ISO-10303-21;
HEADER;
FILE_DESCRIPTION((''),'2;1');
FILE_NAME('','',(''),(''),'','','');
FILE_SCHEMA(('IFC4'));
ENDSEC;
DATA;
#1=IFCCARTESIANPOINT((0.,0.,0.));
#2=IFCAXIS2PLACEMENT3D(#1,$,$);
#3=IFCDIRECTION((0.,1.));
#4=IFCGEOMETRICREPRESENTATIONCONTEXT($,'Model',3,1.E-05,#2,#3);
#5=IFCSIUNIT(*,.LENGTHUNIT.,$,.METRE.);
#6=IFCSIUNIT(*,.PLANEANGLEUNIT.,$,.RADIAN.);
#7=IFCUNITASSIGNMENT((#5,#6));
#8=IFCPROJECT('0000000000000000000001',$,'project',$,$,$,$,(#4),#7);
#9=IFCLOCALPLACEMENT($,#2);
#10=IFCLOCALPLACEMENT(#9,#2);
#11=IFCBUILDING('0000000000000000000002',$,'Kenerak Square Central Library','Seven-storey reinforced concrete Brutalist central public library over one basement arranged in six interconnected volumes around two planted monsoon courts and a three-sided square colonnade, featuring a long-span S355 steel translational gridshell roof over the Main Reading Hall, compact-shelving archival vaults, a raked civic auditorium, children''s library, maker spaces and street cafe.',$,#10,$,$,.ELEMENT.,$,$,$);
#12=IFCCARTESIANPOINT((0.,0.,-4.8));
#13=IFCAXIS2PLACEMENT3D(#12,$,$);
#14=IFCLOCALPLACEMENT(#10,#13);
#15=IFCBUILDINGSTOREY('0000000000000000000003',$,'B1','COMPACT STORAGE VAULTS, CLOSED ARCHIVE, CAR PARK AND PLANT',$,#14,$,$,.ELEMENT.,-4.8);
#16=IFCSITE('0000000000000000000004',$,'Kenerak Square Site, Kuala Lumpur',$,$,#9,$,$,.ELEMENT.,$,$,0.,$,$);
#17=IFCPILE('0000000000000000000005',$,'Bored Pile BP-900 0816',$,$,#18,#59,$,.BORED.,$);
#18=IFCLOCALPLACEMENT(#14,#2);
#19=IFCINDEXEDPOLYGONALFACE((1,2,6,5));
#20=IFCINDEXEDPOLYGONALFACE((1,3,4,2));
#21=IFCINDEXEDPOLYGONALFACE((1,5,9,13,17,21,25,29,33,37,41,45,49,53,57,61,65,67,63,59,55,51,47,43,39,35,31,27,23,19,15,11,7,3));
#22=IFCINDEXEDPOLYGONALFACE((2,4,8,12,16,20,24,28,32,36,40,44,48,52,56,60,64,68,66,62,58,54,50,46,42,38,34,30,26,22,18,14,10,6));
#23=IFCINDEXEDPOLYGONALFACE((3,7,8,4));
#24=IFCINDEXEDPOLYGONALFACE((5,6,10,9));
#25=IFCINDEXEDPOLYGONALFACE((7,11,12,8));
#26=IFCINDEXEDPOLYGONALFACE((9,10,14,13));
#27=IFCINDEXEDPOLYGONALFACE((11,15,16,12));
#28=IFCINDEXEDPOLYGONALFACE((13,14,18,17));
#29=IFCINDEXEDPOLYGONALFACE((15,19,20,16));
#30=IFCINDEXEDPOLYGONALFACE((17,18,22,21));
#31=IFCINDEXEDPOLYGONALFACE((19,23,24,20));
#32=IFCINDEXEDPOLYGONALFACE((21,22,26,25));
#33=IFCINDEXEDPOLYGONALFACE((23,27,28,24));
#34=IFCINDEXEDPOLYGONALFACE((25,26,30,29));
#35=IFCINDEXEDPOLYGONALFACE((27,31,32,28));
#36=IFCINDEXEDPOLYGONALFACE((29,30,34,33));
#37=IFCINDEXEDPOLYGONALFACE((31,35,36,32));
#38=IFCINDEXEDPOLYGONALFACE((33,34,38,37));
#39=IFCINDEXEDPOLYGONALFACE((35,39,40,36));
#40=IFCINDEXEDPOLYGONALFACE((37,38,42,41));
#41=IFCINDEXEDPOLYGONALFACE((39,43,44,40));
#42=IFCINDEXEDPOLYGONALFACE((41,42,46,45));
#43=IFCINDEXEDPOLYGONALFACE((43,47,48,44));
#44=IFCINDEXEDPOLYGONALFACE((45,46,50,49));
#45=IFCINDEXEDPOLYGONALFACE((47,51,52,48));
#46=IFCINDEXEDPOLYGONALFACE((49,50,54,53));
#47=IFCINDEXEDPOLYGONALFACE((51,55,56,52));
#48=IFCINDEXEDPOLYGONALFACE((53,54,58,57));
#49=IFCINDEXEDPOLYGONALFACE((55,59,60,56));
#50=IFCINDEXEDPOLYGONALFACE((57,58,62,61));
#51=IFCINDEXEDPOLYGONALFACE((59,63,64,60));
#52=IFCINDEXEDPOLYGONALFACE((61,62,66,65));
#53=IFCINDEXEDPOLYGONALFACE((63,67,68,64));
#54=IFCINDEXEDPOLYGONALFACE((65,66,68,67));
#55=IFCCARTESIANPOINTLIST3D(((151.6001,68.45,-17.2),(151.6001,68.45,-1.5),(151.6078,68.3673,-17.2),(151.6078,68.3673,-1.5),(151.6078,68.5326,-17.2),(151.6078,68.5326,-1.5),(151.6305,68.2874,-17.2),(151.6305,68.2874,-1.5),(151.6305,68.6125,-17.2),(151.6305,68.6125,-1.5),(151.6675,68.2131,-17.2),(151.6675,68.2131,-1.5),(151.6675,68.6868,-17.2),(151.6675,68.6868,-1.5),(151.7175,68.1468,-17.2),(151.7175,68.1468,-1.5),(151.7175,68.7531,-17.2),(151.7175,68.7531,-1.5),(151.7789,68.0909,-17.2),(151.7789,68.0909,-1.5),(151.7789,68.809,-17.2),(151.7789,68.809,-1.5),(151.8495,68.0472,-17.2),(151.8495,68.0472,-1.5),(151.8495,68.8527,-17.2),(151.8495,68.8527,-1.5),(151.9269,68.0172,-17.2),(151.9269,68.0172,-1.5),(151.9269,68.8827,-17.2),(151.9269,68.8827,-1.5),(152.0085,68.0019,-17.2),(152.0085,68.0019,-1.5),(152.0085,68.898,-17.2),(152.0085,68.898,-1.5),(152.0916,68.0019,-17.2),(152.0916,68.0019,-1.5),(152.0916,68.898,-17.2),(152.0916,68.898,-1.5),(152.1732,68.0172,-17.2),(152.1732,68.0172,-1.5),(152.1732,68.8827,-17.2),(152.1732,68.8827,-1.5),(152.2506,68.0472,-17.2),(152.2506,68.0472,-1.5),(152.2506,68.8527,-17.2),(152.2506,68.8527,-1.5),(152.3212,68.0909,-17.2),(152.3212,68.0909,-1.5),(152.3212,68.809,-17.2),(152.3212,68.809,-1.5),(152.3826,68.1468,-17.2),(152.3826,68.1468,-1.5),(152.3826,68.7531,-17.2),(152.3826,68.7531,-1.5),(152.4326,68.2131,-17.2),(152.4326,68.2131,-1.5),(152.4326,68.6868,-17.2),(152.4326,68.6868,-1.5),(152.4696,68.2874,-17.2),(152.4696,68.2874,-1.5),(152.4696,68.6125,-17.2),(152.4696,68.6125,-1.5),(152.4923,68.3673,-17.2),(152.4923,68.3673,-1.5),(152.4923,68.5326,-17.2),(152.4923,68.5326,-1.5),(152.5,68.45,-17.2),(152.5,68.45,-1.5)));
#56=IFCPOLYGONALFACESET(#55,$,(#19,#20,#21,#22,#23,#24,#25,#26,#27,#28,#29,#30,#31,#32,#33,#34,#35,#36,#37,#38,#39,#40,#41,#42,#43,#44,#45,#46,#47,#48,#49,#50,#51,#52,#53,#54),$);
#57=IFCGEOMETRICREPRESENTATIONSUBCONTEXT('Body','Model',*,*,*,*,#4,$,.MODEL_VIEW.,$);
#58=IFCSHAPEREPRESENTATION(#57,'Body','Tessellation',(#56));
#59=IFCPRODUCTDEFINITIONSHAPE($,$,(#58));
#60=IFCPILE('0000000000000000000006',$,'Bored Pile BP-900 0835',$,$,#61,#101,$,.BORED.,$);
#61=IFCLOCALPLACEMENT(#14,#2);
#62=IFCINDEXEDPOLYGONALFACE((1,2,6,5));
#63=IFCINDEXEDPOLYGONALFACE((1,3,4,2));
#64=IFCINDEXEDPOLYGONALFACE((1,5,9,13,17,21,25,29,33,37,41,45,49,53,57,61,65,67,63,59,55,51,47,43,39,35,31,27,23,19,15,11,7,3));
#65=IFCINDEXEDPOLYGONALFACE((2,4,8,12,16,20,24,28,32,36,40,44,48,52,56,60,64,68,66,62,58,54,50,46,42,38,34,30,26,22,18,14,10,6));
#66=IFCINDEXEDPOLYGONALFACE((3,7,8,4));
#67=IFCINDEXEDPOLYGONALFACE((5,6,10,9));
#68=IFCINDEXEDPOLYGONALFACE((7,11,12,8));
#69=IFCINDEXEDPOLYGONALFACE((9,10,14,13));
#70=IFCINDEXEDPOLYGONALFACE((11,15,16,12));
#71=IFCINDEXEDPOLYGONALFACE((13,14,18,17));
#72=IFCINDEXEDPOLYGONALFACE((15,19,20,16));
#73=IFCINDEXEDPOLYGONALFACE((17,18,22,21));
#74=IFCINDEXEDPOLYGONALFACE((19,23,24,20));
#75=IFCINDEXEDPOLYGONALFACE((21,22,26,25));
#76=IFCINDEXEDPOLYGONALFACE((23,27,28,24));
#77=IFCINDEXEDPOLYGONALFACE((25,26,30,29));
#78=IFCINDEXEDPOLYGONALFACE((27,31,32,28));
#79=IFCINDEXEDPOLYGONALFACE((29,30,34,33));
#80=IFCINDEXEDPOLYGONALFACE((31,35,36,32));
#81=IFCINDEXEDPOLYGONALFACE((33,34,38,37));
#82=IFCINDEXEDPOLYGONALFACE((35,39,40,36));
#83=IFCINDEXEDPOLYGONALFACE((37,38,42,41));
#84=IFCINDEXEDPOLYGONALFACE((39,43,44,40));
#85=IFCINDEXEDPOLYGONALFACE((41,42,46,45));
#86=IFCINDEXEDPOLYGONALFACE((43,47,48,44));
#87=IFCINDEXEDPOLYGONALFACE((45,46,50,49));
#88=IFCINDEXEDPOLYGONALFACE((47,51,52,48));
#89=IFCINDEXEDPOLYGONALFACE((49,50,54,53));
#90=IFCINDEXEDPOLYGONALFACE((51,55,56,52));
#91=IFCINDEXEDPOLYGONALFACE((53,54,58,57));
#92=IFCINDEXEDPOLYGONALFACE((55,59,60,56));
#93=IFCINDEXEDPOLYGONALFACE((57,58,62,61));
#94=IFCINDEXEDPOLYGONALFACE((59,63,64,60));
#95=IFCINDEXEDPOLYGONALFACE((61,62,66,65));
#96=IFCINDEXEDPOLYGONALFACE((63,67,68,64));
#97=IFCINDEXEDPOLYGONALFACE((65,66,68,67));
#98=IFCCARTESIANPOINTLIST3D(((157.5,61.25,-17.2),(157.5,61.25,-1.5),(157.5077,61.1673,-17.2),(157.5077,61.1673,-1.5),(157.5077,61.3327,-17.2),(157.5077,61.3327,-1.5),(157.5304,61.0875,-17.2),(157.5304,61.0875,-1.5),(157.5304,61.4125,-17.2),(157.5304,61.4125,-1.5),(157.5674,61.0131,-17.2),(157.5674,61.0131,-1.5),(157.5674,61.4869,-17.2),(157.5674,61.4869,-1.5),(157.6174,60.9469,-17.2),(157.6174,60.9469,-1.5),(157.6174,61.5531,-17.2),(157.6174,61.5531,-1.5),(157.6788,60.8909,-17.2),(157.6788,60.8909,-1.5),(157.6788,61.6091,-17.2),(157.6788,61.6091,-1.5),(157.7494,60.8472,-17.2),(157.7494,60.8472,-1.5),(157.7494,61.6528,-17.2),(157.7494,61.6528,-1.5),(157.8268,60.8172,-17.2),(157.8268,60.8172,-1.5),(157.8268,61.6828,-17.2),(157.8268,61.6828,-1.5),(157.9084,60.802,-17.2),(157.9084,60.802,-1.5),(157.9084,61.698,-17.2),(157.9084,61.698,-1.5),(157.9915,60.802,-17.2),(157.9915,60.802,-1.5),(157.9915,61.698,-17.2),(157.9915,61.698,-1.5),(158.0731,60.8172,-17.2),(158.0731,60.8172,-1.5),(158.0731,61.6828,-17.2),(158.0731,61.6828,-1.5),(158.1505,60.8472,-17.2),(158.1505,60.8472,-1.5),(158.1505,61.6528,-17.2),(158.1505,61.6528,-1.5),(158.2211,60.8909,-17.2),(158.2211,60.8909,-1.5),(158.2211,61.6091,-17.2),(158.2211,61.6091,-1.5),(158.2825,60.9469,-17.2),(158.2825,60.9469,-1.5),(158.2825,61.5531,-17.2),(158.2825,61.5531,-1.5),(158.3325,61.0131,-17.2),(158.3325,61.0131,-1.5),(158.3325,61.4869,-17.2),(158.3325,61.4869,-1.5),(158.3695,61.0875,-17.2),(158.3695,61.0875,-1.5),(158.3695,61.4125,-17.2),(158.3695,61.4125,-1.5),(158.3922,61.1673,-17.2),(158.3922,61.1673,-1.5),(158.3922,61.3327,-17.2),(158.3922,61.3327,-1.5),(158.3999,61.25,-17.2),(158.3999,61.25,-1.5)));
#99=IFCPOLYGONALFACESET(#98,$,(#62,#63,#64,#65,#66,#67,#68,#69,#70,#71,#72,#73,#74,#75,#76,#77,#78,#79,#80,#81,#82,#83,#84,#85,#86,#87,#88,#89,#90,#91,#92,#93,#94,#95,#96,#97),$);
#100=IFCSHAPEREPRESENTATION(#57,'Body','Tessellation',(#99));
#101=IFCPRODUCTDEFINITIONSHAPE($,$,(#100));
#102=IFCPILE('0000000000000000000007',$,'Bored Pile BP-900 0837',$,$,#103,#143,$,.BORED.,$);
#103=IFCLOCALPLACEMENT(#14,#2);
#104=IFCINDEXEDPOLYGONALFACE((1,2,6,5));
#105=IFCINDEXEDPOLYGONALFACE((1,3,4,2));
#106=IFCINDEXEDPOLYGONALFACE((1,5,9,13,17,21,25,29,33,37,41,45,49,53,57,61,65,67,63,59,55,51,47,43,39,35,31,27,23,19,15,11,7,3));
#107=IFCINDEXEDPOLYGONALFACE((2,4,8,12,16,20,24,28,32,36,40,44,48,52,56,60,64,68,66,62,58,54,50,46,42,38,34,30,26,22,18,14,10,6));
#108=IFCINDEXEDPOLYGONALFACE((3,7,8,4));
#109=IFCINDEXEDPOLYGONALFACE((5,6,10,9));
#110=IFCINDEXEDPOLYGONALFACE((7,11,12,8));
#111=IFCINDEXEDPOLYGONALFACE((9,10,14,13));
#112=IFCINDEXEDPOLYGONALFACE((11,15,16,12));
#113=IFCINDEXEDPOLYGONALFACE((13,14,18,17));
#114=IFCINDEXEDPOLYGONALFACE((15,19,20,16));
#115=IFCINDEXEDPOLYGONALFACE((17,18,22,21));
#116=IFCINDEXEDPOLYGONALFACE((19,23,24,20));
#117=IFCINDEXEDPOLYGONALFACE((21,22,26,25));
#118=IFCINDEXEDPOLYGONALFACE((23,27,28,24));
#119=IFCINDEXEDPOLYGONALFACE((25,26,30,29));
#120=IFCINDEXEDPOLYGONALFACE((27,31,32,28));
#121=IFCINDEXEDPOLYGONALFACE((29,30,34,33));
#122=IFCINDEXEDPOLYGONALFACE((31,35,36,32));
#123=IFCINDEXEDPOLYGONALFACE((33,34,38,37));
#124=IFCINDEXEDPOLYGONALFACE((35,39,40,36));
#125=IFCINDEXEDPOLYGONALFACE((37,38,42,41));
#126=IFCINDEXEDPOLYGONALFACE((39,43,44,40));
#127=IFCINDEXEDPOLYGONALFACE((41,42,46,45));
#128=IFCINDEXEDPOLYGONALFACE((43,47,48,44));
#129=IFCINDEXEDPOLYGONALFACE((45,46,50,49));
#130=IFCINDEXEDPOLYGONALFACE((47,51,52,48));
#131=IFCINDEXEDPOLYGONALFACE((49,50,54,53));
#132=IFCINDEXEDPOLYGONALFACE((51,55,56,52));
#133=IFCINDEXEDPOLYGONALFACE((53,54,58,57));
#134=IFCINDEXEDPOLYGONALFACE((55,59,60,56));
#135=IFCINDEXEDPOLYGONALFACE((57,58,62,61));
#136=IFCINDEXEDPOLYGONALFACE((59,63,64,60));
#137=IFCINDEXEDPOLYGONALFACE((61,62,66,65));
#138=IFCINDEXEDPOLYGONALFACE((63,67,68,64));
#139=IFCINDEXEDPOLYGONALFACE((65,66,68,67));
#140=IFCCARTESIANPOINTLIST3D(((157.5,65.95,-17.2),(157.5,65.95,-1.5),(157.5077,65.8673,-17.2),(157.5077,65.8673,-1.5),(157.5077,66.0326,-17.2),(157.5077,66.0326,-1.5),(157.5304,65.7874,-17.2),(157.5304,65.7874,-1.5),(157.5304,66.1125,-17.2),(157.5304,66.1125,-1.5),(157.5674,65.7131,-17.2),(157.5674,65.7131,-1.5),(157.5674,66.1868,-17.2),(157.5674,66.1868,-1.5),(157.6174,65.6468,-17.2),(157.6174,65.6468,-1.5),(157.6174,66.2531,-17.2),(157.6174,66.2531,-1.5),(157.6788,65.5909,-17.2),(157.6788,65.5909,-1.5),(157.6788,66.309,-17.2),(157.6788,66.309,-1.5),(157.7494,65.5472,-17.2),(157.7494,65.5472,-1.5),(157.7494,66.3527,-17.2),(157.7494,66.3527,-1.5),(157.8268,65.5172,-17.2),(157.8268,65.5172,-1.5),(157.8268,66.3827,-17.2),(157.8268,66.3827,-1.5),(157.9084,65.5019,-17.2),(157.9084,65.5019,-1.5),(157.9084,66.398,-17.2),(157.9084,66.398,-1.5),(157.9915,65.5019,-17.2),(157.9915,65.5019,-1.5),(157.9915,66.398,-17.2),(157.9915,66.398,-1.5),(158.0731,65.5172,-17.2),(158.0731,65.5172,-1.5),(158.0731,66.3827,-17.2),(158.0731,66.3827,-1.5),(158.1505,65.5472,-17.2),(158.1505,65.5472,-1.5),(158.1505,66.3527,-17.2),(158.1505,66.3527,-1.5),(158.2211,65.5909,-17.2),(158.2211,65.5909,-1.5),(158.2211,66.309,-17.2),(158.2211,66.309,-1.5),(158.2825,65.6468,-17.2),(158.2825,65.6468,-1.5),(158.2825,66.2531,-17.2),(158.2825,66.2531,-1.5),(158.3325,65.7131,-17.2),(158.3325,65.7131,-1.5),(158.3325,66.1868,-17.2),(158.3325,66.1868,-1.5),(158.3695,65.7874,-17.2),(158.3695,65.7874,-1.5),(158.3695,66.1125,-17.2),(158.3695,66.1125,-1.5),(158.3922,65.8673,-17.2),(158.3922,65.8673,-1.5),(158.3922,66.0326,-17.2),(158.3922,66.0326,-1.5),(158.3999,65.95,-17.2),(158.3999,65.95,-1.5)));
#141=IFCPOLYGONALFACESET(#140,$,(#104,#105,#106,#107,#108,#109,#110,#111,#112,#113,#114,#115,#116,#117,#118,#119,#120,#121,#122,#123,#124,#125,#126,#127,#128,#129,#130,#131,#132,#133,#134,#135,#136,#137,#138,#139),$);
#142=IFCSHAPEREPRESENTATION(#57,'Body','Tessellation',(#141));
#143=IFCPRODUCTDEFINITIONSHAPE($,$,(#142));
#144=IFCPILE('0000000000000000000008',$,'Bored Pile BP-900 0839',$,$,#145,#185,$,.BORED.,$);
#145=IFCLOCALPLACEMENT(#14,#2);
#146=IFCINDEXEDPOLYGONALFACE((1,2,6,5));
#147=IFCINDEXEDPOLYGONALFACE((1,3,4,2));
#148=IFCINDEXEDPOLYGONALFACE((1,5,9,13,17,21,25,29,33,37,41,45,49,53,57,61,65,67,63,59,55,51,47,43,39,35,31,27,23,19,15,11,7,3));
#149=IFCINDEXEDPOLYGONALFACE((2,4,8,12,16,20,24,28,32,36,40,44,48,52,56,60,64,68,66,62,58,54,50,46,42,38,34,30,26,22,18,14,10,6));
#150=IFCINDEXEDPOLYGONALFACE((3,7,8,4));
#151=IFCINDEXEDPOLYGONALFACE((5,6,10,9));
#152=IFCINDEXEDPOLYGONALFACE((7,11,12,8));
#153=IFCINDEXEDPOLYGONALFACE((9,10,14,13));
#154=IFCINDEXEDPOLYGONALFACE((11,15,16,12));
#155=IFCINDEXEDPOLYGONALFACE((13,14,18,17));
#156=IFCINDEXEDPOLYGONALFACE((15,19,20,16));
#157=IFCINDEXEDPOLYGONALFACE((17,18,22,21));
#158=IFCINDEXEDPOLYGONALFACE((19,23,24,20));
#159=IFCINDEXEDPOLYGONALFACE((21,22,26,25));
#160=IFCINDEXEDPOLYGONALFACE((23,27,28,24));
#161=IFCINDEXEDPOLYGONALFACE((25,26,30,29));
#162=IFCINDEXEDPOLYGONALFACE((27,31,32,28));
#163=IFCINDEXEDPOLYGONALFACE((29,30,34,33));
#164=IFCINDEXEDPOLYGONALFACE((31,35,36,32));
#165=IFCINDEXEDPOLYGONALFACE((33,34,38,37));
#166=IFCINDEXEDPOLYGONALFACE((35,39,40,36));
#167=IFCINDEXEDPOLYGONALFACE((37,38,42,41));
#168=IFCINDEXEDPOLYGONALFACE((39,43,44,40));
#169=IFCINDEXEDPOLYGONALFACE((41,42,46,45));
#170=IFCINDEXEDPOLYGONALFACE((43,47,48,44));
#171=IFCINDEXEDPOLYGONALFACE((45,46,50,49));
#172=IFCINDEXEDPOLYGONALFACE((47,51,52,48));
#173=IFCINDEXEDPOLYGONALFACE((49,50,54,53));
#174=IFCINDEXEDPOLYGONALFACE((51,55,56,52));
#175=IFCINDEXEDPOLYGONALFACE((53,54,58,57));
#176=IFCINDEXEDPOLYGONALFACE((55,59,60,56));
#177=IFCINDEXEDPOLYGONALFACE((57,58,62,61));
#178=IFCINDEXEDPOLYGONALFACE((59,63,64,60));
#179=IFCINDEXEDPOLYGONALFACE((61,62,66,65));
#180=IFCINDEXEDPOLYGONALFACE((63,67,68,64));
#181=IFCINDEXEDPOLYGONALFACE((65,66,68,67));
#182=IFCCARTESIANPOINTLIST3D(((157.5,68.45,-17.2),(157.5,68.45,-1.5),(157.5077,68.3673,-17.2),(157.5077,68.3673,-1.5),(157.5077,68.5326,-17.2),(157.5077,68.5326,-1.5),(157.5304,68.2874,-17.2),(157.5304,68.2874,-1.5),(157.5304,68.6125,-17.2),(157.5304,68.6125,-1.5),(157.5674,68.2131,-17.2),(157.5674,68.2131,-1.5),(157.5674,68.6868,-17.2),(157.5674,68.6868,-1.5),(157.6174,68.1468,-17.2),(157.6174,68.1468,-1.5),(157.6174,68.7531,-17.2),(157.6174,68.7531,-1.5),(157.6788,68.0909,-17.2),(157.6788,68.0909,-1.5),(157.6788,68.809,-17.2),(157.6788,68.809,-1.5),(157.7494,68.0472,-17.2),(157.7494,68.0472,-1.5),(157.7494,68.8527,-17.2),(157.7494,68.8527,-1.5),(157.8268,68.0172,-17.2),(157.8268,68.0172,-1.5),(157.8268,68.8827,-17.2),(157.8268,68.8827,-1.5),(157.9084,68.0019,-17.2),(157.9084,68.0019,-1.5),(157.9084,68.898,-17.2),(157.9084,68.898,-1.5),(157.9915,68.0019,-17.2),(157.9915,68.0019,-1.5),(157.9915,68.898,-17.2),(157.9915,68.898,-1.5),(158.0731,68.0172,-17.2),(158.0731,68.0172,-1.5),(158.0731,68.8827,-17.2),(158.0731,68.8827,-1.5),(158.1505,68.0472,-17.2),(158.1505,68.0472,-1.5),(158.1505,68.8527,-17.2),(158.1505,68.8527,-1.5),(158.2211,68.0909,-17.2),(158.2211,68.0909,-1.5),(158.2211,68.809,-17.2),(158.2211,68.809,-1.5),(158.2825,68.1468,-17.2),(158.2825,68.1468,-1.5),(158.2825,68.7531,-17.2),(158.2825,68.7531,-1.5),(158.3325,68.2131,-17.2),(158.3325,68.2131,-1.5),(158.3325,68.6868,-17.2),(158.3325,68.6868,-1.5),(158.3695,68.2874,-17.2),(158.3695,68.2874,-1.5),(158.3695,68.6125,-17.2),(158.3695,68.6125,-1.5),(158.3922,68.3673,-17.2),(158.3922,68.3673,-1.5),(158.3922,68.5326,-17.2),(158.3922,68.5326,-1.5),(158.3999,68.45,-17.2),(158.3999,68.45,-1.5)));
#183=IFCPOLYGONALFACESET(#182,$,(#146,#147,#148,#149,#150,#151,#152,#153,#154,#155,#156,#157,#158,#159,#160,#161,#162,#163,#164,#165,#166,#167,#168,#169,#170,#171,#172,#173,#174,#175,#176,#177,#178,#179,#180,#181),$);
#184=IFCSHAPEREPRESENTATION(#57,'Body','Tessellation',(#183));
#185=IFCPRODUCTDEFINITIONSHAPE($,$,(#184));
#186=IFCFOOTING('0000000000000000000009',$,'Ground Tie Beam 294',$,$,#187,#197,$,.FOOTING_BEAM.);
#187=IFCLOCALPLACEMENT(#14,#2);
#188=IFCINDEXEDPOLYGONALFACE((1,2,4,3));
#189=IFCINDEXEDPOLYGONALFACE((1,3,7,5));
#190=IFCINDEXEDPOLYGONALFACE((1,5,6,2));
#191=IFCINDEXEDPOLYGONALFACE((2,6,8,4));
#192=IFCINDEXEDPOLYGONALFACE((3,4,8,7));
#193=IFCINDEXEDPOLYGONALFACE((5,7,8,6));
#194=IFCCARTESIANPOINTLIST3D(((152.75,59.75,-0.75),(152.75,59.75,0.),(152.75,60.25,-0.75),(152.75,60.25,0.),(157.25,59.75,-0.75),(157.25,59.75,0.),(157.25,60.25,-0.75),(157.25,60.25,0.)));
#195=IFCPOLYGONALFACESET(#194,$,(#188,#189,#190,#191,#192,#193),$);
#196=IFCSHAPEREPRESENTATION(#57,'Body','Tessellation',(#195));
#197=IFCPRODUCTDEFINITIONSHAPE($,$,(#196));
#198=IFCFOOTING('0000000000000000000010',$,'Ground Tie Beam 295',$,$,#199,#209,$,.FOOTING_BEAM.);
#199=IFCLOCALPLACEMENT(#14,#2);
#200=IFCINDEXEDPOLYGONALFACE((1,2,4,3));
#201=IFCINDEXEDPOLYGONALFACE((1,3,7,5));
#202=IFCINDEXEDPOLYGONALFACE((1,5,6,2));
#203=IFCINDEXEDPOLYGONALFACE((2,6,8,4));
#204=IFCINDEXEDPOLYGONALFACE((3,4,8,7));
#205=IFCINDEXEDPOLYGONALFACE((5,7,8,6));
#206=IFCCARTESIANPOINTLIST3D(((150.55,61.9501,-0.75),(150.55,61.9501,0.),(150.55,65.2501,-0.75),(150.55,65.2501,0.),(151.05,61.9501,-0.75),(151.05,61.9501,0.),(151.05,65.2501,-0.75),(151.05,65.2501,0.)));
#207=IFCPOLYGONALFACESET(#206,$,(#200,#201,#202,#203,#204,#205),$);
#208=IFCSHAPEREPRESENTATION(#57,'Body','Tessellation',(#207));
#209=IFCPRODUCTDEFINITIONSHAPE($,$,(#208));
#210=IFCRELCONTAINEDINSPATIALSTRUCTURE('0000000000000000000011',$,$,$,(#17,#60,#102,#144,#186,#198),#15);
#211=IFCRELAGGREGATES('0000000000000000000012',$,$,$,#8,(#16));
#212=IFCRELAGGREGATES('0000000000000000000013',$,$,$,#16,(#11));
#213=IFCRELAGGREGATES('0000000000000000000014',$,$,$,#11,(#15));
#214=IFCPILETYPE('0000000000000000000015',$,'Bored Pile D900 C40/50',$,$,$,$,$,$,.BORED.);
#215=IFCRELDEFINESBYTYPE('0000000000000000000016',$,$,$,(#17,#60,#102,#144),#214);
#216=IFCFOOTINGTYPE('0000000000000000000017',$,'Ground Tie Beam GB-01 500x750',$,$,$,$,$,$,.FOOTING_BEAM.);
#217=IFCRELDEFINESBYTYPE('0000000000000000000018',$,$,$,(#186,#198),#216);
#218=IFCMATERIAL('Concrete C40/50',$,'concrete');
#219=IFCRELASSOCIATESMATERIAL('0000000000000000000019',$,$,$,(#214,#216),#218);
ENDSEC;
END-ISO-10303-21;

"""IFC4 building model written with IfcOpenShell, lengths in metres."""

from ifc_helpers import new_model, si_unit, direction, frame, origin, origin_2d, place, context, subcontext, project, spatial, rectangle, circle, extrude, material, material_profile, profile_set, type_object, element, save


model = new_model("IFC4")

# Units and contexts
model_context = context("Model", 3, precision=1e-05, world=origin(), true_north=direction((0.0, 1.0)))
body_context = subcontext(model_context, "Body", "Model", "MODEL_VIEW")
ifc_project = project(units=[si_unit("LENGTHUNIT", "METRE"), si_unit("PLANEANGLEUNIT", "RADIAN")], contexts=[model_context])

# Site, building, storey
site_placement = place(None, origin())
site = spatial("IfcSite", under=ifc_project, at=site_placement, Name="Kenerak Square Site, Kuala Lumpur", CompositionType="ELEMENT", RefElevation=0.0)
building_placement = place(site_placement, origin())
building = spatial("IfcBuilding", under=site, at=building_placement, Name="Kenerak Square Central Library", Description="Seven-storey reinforced concrete Brutalist central public library over one basement arranged in six interconnected volumes around two planted monsoon courts and a three-sided square colonnade, featuring a long-span S355 steel translational gridshell roof over the Main Reading Hall, compact-shelving archival vaults, a raked civic auditorium, children's library, maker spaces and street cafe.", CompositionType="ELEMENT")
storey_placement = place(building_placement, frame((0.0, 0.0, -4.8)))
storey = spatial("IfcBuildingStorey", under=building, at=storey_placement, Name="B1", Description="COMPACT STORAGE VAULTS, CLOSED ARCHIVE, CAR PARK AND PLANT", CompositionType="ELEMENT", Elevation=-4.8)

# Piles
ifc_material_1 = material(Name="Concrete C40/50", Category="concrete")
ifc_material_profile_1 = material_profile(ifc_material_1, circle(Radius=0.45, at=origin_2d()), Name="BP D900")
ifc_profile_set_1 = profile_set([ifc_material_profile_1], Name="Concrete C40/50")
pile_type_1 = type_object("IfcPileType", Name="Bored Pile D900 C40/50", PredefinedType="BORED", material=ifc_profile_set_1)
for number, where, z_axis, x_axis, name in (
    (1, (152.05, 68.45, -1.5), (0.0, 0.0, -1.0), (1.0, 0.0, 0.0), "Bored Pile BP-900 0816"),
    (2, (157.95, 61.25, -1.5), (0.0, 0.0, -1.0), (1.0, 0.0, 0.0), "Bored Pile BP-900 0835"),
    (3, (157.95, 65.95, -1.5), (0.0, 0.0, -1.0), (1.0, 0.0, 0.0), "Bored Pile BP-900 0837"),
    (4, (157.95, 68.45, -1.5), (0.0, 0.0, -1.0), (1.0, 0.0, 0.0), "Bored Pile BP-900 0839"),
):
    element("IfcPile", number, at=place(storey_placement, frame(where, z_axis=z_axis, x_axis=x_axis)), inside=storey, type_object=pile_type_1, Name=name, PredefinedType="BORED", context=body_context, shape_type="SweptSolid", body=[
        extrude(circle(Radius=0.45, at=origin_2d()), origin(), (0.0, 0.0, 1.0), 15.7),
    ])

# Footings
footing_type_1 = type_object("IfcFootingType", Name="Ground Tie Beam GB-01 500x750", PredefinedType="FOOTING_BEAM", material=ifc_material_1)
footing_1_placement = place(storey_placement, frame((155.0, 60.0, -0.75), z_axis=(0.0, 0.0, 1.0), x_axis=(1.0, 0.0, 0.0)))
element("IfcFooting", 5, at=footing_1_placement, inside=storey, type_object=footing_type_1, Name="Ground Tie Beam 294", PredefinedType="FOOTING_BEAM", context=body_context, shape_type="SweptSolid", body=[
    extrude(rectangle(XDim=4.5, YDim=0.5, at=origin_2d()), origin(), (0.0, 0.0, 1.0), 0.75),
])
footing_2_placement = place(storey_placement, frame((150.8, 63.6001, -0.75), z_axis=(0.0, 0.0, 1.0), x_axis=(1.0, 0.0, 0.0)))
element("IfcFooting", 6, at=footing_2_placement, inside=storey, type_object=footing_type_1, Name="Ground Tie Beam 295", PredefinedType="FOOTING_BEAM", context=body_context, shape_type="SweptSolid", body=[
    extrude(rectangle(XDim=0.5, YDim=3.3, at=origin_2d()), origin(), (0.0, 0.0, 1.0), 0.75),
])

save(model, "model.ifc")
